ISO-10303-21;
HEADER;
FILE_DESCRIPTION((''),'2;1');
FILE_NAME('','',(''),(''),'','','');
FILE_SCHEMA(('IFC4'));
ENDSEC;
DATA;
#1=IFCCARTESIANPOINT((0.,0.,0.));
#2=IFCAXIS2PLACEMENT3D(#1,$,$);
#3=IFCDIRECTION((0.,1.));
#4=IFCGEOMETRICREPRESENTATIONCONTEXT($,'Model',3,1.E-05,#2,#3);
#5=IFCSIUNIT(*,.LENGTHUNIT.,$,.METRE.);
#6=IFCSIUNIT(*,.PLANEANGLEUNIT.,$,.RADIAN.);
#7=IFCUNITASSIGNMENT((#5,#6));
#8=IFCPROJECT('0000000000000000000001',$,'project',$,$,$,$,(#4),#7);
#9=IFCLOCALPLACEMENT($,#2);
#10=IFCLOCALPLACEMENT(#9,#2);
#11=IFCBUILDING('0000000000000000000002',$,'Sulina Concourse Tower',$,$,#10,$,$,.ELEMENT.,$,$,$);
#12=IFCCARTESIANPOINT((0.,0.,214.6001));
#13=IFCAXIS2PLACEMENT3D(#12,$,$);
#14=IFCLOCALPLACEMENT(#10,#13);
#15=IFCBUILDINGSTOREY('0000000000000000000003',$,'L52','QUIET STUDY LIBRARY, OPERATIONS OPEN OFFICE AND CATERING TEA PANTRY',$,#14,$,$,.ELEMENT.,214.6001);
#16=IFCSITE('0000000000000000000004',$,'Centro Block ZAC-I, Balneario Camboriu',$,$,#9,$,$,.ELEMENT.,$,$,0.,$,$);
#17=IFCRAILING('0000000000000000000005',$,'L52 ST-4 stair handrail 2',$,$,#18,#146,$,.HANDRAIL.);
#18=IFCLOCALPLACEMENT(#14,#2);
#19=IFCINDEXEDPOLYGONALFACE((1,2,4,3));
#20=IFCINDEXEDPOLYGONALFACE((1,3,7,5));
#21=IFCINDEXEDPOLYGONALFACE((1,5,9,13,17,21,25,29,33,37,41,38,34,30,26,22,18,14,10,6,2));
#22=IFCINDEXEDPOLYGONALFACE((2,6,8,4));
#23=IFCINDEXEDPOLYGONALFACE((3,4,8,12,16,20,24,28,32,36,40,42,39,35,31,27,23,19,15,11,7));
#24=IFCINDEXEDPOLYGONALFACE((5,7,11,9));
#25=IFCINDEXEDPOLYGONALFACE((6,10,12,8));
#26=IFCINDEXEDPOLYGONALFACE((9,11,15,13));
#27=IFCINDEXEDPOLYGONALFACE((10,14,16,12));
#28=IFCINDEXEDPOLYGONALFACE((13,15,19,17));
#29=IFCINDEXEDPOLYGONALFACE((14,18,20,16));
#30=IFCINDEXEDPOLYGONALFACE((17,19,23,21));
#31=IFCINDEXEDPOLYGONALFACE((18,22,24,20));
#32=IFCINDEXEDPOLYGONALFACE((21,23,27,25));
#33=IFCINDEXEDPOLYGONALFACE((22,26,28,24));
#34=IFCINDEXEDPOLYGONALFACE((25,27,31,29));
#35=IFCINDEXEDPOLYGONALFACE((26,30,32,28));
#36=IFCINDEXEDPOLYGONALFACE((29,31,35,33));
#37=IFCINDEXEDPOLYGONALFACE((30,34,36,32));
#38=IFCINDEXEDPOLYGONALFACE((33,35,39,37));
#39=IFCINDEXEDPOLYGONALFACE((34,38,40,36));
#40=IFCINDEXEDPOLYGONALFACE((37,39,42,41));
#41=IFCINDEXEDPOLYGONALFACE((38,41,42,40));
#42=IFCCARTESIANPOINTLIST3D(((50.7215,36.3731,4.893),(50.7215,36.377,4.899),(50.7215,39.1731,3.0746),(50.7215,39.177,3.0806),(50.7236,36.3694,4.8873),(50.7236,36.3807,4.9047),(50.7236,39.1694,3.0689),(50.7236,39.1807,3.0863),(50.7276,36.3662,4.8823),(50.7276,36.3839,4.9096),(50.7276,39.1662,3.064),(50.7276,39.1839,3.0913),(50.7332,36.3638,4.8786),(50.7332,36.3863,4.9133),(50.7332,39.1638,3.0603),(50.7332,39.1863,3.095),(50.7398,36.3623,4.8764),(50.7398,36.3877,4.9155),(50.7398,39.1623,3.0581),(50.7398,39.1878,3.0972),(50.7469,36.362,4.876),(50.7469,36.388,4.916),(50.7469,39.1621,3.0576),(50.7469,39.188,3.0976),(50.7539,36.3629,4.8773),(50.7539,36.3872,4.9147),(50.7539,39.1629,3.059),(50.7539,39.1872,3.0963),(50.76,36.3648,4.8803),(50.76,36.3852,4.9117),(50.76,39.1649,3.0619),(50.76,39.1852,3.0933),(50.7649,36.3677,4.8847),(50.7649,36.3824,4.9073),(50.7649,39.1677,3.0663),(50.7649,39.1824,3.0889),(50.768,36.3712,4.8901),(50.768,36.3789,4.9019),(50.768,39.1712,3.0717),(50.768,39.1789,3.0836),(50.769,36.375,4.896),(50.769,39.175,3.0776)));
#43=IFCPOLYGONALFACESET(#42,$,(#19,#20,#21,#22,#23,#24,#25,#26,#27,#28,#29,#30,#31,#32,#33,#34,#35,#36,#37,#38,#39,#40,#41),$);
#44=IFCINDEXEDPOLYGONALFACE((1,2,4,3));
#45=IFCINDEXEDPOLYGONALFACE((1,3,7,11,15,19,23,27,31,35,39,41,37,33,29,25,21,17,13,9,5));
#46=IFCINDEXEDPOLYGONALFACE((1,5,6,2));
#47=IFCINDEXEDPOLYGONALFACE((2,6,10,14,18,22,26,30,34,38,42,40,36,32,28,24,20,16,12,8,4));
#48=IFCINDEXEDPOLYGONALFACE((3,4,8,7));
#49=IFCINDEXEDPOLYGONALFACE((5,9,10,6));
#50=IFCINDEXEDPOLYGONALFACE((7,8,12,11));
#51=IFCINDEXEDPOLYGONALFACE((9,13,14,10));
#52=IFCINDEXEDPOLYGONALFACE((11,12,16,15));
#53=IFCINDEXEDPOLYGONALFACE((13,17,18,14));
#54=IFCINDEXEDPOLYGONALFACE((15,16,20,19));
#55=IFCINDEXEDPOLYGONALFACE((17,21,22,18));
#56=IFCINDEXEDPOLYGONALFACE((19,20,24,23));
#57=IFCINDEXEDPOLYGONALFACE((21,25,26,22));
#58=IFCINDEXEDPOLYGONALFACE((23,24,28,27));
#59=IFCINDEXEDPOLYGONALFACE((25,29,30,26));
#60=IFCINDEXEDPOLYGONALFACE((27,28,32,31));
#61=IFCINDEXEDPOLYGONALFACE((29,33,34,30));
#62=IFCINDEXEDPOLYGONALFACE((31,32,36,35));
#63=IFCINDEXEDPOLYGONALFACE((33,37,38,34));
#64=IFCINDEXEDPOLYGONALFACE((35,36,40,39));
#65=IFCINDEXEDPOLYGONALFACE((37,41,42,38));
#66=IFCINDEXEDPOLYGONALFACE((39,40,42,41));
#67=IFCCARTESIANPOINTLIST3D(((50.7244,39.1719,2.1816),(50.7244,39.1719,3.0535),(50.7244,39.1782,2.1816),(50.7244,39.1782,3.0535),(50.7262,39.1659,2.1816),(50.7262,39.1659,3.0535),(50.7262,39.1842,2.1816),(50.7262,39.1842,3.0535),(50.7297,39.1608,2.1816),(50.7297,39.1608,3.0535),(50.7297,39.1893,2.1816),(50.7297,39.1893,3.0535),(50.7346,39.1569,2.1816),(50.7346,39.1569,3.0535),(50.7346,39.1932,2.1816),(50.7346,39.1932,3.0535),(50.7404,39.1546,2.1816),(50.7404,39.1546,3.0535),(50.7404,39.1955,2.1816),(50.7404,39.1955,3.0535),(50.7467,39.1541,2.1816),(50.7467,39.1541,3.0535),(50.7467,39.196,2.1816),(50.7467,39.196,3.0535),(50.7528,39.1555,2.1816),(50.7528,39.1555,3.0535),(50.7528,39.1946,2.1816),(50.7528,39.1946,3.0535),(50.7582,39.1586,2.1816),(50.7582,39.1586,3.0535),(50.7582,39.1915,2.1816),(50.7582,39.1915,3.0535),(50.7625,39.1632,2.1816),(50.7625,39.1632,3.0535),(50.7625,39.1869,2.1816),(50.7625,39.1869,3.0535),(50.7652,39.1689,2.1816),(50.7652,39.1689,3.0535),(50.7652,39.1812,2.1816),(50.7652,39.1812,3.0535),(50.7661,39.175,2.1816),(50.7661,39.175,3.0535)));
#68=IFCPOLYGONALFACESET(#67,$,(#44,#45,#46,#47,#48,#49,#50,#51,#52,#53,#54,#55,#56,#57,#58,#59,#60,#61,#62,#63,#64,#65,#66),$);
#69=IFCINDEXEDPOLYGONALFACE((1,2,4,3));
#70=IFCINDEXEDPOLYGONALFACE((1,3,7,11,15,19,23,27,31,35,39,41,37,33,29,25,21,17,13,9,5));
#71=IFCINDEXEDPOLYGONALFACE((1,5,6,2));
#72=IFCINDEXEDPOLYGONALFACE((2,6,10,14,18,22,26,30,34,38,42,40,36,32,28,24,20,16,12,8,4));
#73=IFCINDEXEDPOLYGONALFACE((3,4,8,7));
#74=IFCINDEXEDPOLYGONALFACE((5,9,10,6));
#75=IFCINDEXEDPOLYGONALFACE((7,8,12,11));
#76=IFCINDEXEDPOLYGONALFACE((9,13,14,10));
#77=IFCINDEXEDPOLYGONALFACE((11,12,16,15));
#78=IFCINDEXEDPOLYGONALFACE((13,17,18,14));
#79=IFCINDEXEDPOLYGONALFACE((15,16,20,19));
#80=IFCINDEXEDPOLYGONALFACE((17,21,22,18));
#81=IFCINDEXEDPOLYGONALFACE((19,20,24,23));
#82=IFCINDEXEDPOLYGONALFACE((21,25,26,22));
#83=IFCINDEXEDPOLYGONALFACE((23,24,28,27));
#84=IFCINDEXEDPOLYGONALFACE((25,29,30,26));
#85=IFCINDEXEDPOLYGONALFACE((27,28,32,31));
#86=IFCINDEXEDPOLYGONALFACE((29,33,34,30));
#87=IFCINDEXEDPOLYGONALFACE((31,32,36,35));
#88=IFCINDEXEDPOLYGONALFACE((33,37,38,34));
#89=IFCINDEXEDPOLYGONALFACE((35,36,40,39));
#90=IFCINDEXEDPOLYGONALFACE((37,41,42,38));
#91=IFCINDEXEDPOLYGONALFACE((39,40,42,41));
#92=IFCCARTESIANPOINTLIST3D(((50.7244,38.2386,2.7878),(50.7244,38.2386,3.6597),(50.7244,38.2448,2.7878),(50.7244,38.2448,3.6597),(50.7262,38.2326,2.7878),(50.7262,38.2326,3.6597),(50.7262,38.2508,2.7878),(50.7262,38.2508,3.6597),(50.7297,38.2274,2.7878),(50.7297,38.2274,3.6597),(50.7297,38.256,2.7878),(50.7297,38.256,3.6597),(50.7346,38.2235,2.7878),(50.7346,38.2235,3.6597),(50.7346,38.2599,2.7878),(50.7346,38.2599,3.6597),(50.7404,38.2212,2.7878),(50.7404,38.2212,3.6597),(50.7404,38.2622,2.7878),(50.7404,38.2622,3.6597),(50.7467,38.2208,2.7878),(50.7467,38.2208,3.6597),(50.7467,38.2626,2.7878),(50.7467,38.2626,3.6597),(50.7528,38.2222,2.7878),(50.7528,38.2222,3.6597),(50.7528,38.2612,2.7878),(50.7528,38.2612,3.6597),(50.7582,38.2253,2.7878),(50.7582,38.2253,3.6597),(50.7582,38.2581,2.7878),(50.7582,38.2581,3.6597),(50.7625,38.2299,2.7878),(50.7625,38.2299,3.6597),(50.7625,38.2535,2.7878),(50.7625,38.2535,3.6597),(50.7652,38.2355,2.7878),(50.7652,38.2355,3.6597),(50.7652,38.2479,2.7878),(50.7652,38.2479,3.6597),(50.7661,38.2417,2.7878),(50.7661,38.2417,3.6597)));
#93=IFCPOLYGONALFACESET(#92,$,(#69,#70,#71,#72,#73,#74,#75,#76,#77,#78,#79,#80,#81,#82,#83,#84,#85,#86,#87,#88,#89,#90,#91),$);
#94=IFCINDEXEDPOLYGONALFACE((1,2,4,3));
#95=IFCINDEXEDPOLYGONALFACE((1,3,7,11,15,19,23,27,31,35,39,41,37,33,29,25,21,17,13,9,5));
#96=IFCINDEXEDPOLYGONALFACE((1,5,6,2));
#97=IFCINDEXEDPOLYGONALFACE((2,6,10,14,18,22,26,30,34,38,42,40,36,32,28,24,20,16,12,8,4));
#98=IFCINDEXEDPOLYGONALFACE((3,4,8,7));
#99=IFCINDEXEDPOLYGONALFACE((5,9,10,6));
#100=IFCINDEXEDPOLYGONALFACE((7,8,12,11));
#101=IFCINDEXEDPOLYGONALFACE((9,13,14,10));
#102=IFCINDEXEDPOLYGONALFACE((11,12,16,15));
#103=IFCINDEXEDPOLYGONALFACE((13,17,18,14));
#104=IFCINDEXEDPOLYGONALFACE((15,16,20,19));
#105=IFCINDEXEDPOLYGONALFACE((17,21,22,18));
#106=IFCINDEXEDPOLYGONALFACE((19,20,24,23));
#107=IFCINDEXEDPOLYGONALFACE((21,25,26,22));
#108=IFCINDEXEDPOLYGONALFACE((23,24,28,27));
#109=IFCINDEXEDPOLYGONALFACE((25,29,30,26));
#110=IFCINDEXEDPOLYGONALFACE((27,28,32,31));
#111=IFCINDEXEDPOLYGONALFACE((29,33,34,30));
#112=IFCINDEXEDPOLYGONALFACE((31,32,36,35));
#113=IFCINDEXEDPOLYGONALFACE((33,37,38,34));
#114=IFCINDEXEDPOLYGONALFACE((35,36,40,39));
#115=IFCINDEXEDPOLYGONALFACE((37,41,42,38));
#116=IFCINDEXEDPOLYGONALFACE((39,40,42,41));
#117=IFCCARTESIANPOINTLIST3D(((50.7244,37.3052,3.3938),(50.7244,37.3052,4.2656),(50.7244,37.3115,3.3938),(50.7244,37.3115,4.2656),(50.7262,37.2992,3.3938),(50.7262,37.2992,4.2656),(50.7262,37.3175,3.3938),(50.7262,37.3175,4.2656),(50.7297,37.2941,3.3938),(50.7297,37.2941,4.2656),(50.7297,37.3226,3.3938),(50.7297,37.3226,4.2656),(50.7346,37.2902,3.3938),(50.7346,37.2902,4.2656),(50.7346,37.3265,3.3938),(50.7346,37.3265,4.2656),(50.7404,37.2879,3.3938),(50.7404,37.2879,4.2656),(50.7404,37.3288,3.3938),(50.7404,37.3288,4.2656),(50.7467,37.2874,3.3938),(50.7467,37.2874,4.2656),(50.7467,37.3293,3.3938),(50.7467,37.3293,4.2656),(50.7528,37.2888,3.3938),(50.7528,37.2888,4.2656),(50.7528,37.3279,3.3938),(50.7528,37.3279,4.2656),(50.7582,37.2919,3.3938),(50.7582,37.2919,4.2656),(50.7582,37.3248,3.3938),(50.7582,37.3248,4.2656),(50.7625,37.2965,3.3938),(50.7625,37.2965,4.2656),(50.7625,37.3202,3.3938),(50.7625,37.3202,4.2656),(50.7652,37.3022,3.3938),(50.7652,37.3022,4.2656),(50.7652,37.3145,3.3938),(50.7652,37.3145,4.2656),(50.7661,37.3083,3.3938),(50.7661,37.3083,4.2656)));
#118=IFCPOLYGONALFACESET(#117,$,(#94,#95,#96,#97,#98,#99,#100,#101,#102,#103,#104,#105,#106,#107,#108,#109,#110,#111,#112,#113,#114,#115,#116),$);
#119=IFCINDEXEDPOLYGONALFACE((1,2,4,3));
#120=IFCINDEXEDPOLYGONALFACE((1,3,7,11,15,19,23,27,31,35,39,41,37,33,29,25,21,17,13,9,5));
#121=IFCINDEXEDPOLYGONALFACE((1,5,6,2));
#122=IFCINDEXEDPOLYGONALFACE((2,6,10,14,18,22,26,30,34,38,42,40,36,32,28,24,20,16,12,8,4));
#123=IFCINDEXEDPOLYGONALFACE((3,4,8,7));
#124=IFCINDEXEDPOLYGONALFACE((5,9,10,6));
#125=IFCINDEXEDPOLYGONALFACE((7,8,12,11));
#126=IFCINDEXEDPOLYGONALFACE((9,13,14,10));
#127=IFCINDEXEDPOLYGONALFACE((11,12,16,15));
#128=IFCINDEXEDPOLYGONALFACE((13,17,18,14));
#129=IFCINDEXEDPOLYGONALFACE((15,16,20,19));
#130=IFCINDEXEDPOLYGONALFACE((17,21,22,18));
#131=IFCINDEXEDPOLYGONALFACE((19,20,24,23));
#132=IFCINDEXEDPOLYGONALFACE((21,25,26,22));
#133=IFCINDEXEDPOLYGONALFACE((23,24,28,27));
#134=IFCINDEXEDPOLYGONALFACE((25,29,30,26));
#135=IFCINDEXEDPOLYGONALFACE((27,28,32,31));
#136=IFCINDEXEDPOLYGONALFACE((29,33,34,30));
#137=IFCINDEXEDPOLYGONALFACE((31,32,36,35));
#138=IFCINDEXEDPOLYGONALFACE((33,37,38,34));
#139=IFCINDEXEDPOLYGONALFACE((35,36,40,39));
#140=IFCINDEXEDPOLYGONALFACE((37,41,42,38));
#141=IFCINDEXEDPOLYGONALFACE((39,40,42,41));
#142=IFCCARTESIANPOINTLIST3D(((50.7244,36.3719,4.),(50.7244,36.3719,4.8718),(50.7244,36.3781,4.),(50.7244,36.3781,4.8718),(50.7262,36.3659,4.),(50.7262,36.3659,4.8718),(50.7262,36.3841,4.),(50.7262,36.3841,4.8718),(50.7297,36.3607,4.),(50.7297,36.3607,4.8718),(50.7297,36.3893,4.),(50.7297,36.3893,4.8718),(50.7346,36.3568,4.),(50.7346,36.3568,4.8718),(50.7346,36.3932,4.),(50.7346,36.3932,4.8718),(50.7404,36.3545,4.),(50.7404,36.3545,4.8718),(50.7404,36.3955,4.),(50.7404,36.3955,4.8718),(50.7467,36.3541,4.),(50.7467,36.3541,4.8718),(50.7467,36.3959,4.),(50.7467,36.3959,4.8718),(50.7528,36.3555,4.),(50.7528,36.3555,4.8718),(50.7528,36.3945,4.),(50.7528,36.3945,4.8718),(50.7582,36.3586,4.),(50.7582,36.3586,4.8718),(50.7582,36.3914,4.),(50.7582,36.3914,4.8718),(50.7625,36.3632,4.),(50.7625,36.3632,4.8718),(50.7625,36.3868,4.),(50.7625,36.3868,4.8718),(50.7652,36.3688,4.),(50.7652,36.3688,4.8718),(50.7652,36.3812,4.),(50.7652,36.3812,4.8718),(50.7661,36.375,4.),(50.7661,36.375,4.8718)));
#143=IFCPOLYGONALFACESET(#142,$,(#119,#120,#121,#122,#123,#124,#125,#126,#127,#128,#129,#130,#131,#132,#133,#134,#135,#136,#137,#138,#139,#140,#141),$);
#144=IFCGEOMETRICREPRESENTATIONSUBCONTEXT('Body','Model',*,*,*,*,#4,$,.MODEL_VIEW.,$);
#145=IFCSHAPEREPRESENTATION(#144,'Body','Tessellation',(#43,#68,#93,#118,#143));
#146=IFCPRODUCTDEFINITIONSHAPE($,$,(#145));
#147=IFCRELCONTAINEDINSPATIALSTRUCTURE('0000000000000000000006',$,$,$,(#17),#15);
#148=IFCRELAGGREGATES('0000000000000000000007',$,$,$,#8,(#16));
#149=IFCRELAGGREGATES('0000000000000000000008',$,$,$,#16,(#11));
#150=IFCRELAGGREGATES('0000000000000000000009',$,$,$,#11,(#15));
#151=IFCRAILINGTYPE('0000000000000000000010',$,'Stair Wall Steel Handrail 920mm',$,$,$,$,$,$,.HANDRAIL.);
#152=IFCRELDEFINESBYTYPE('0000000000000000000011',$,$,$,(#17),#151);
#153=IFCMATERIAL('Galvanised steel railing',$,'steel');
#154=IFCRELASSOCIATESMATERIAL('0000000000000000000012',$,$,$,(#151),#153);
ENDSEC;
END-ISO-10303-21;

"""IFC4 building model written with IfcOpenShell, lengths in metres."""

from ifc_helpers import new_model, si_unit, direction, frame, origin, origin_2d, place, context, subcontext, project, spatial, circle, extrude, material, type_object, element, save


model = new_model("IFC4")

# Units and contexts
model_context = context("Model", 3, precision=1e-05, world=origin(), true_north=direction((0.0, 1.0)))
body_context = subcontext(model_context, "Body", "Model", "MODEL_VIEW")
ifc_project = project(units=[si_unit("LENGTHUNIT", "METRE"), si_unit("PLANEANGLEUNIT", "RADIAN")], contexts=[model_context])

# Site, building, storey
site_placement = place(None, origin())
site = spatial("IfcSite", under=ifc_project, at=site_placement, Name="Centro Block ZAC-I, Balneario Camboriu", CompositionType="ELEMENT", RefElevation=0.0)
building_placement = place(site_placement, origin())
building = spatial("IfcBuilding", under=site, at=building_placement, Name="Sulina Concourse Tower", CompositionType="ELEMENT")
storey_placement = place(building_placement, frame((0.0, 0.0, 214.6001)))
storey = spatial("IfcBuildingStorey", under=building, at=storey_placement, Name="L52", Description="QUIET STUDY LIBRARY, OPERATIONS OPEN OFFICE AND CATERING TEA PANTRY", CompositionType="ELEMENT", Elevation=214.6001)

# Railing
ifc_material_1 = material(Name="Galvanised steel railing", Category="steel")
railing_type_1 = type_object("IfcRailingType", Name="Stair Wall Steel Handrail 920mm", PredefinedType="HANDRAIL", material=ifc_material_1)
railing_1_placement = place(storey_placement, frame((50.7451, 39.175, 2.1816)))
element("IfcRailing", 1, at=railing_1_placement, inside=storey, type_object=railing_type_1, Name="L52 ST-4 stair handrail 2", PredefinedType="HANDRAIL", context=body_context, shape_type="SweptSolid", body=[
    extrude(circle(Radius=0.0239, at=origin_2d()), frame((0.0, 0.0, 0.896), z_axis=(0.0, -0.838672, 0.544636), x_axis=(1.0, 0.0, 0.0)), (0.0, 0.0, 1.0), 3.3386),
    extrude(circle(Radius=0.021, at=origin_2d()), origin(), (0.0, 0.0, 1.0), 0.8718),
    extrude(circle(Radius=0.021, at=origin_2d()), frame((0.0, -0.9333, 0.6062)), (0.0, 0.0, 1.0), 0.8718),
    extrude(circle(Radius=0.021, at=origin_2d()), frame((0.0, -1.8667, 1.2122)), (0.0, 0.0, 1.0), 0.8718),
    extrude(circle(Radius=0.021, at=origin_2d()), frame((0.0, -2.8, 1.8184)), (0.0, 0.0, 1.0), 0.8718),
])

save(model, "model.ifc")
